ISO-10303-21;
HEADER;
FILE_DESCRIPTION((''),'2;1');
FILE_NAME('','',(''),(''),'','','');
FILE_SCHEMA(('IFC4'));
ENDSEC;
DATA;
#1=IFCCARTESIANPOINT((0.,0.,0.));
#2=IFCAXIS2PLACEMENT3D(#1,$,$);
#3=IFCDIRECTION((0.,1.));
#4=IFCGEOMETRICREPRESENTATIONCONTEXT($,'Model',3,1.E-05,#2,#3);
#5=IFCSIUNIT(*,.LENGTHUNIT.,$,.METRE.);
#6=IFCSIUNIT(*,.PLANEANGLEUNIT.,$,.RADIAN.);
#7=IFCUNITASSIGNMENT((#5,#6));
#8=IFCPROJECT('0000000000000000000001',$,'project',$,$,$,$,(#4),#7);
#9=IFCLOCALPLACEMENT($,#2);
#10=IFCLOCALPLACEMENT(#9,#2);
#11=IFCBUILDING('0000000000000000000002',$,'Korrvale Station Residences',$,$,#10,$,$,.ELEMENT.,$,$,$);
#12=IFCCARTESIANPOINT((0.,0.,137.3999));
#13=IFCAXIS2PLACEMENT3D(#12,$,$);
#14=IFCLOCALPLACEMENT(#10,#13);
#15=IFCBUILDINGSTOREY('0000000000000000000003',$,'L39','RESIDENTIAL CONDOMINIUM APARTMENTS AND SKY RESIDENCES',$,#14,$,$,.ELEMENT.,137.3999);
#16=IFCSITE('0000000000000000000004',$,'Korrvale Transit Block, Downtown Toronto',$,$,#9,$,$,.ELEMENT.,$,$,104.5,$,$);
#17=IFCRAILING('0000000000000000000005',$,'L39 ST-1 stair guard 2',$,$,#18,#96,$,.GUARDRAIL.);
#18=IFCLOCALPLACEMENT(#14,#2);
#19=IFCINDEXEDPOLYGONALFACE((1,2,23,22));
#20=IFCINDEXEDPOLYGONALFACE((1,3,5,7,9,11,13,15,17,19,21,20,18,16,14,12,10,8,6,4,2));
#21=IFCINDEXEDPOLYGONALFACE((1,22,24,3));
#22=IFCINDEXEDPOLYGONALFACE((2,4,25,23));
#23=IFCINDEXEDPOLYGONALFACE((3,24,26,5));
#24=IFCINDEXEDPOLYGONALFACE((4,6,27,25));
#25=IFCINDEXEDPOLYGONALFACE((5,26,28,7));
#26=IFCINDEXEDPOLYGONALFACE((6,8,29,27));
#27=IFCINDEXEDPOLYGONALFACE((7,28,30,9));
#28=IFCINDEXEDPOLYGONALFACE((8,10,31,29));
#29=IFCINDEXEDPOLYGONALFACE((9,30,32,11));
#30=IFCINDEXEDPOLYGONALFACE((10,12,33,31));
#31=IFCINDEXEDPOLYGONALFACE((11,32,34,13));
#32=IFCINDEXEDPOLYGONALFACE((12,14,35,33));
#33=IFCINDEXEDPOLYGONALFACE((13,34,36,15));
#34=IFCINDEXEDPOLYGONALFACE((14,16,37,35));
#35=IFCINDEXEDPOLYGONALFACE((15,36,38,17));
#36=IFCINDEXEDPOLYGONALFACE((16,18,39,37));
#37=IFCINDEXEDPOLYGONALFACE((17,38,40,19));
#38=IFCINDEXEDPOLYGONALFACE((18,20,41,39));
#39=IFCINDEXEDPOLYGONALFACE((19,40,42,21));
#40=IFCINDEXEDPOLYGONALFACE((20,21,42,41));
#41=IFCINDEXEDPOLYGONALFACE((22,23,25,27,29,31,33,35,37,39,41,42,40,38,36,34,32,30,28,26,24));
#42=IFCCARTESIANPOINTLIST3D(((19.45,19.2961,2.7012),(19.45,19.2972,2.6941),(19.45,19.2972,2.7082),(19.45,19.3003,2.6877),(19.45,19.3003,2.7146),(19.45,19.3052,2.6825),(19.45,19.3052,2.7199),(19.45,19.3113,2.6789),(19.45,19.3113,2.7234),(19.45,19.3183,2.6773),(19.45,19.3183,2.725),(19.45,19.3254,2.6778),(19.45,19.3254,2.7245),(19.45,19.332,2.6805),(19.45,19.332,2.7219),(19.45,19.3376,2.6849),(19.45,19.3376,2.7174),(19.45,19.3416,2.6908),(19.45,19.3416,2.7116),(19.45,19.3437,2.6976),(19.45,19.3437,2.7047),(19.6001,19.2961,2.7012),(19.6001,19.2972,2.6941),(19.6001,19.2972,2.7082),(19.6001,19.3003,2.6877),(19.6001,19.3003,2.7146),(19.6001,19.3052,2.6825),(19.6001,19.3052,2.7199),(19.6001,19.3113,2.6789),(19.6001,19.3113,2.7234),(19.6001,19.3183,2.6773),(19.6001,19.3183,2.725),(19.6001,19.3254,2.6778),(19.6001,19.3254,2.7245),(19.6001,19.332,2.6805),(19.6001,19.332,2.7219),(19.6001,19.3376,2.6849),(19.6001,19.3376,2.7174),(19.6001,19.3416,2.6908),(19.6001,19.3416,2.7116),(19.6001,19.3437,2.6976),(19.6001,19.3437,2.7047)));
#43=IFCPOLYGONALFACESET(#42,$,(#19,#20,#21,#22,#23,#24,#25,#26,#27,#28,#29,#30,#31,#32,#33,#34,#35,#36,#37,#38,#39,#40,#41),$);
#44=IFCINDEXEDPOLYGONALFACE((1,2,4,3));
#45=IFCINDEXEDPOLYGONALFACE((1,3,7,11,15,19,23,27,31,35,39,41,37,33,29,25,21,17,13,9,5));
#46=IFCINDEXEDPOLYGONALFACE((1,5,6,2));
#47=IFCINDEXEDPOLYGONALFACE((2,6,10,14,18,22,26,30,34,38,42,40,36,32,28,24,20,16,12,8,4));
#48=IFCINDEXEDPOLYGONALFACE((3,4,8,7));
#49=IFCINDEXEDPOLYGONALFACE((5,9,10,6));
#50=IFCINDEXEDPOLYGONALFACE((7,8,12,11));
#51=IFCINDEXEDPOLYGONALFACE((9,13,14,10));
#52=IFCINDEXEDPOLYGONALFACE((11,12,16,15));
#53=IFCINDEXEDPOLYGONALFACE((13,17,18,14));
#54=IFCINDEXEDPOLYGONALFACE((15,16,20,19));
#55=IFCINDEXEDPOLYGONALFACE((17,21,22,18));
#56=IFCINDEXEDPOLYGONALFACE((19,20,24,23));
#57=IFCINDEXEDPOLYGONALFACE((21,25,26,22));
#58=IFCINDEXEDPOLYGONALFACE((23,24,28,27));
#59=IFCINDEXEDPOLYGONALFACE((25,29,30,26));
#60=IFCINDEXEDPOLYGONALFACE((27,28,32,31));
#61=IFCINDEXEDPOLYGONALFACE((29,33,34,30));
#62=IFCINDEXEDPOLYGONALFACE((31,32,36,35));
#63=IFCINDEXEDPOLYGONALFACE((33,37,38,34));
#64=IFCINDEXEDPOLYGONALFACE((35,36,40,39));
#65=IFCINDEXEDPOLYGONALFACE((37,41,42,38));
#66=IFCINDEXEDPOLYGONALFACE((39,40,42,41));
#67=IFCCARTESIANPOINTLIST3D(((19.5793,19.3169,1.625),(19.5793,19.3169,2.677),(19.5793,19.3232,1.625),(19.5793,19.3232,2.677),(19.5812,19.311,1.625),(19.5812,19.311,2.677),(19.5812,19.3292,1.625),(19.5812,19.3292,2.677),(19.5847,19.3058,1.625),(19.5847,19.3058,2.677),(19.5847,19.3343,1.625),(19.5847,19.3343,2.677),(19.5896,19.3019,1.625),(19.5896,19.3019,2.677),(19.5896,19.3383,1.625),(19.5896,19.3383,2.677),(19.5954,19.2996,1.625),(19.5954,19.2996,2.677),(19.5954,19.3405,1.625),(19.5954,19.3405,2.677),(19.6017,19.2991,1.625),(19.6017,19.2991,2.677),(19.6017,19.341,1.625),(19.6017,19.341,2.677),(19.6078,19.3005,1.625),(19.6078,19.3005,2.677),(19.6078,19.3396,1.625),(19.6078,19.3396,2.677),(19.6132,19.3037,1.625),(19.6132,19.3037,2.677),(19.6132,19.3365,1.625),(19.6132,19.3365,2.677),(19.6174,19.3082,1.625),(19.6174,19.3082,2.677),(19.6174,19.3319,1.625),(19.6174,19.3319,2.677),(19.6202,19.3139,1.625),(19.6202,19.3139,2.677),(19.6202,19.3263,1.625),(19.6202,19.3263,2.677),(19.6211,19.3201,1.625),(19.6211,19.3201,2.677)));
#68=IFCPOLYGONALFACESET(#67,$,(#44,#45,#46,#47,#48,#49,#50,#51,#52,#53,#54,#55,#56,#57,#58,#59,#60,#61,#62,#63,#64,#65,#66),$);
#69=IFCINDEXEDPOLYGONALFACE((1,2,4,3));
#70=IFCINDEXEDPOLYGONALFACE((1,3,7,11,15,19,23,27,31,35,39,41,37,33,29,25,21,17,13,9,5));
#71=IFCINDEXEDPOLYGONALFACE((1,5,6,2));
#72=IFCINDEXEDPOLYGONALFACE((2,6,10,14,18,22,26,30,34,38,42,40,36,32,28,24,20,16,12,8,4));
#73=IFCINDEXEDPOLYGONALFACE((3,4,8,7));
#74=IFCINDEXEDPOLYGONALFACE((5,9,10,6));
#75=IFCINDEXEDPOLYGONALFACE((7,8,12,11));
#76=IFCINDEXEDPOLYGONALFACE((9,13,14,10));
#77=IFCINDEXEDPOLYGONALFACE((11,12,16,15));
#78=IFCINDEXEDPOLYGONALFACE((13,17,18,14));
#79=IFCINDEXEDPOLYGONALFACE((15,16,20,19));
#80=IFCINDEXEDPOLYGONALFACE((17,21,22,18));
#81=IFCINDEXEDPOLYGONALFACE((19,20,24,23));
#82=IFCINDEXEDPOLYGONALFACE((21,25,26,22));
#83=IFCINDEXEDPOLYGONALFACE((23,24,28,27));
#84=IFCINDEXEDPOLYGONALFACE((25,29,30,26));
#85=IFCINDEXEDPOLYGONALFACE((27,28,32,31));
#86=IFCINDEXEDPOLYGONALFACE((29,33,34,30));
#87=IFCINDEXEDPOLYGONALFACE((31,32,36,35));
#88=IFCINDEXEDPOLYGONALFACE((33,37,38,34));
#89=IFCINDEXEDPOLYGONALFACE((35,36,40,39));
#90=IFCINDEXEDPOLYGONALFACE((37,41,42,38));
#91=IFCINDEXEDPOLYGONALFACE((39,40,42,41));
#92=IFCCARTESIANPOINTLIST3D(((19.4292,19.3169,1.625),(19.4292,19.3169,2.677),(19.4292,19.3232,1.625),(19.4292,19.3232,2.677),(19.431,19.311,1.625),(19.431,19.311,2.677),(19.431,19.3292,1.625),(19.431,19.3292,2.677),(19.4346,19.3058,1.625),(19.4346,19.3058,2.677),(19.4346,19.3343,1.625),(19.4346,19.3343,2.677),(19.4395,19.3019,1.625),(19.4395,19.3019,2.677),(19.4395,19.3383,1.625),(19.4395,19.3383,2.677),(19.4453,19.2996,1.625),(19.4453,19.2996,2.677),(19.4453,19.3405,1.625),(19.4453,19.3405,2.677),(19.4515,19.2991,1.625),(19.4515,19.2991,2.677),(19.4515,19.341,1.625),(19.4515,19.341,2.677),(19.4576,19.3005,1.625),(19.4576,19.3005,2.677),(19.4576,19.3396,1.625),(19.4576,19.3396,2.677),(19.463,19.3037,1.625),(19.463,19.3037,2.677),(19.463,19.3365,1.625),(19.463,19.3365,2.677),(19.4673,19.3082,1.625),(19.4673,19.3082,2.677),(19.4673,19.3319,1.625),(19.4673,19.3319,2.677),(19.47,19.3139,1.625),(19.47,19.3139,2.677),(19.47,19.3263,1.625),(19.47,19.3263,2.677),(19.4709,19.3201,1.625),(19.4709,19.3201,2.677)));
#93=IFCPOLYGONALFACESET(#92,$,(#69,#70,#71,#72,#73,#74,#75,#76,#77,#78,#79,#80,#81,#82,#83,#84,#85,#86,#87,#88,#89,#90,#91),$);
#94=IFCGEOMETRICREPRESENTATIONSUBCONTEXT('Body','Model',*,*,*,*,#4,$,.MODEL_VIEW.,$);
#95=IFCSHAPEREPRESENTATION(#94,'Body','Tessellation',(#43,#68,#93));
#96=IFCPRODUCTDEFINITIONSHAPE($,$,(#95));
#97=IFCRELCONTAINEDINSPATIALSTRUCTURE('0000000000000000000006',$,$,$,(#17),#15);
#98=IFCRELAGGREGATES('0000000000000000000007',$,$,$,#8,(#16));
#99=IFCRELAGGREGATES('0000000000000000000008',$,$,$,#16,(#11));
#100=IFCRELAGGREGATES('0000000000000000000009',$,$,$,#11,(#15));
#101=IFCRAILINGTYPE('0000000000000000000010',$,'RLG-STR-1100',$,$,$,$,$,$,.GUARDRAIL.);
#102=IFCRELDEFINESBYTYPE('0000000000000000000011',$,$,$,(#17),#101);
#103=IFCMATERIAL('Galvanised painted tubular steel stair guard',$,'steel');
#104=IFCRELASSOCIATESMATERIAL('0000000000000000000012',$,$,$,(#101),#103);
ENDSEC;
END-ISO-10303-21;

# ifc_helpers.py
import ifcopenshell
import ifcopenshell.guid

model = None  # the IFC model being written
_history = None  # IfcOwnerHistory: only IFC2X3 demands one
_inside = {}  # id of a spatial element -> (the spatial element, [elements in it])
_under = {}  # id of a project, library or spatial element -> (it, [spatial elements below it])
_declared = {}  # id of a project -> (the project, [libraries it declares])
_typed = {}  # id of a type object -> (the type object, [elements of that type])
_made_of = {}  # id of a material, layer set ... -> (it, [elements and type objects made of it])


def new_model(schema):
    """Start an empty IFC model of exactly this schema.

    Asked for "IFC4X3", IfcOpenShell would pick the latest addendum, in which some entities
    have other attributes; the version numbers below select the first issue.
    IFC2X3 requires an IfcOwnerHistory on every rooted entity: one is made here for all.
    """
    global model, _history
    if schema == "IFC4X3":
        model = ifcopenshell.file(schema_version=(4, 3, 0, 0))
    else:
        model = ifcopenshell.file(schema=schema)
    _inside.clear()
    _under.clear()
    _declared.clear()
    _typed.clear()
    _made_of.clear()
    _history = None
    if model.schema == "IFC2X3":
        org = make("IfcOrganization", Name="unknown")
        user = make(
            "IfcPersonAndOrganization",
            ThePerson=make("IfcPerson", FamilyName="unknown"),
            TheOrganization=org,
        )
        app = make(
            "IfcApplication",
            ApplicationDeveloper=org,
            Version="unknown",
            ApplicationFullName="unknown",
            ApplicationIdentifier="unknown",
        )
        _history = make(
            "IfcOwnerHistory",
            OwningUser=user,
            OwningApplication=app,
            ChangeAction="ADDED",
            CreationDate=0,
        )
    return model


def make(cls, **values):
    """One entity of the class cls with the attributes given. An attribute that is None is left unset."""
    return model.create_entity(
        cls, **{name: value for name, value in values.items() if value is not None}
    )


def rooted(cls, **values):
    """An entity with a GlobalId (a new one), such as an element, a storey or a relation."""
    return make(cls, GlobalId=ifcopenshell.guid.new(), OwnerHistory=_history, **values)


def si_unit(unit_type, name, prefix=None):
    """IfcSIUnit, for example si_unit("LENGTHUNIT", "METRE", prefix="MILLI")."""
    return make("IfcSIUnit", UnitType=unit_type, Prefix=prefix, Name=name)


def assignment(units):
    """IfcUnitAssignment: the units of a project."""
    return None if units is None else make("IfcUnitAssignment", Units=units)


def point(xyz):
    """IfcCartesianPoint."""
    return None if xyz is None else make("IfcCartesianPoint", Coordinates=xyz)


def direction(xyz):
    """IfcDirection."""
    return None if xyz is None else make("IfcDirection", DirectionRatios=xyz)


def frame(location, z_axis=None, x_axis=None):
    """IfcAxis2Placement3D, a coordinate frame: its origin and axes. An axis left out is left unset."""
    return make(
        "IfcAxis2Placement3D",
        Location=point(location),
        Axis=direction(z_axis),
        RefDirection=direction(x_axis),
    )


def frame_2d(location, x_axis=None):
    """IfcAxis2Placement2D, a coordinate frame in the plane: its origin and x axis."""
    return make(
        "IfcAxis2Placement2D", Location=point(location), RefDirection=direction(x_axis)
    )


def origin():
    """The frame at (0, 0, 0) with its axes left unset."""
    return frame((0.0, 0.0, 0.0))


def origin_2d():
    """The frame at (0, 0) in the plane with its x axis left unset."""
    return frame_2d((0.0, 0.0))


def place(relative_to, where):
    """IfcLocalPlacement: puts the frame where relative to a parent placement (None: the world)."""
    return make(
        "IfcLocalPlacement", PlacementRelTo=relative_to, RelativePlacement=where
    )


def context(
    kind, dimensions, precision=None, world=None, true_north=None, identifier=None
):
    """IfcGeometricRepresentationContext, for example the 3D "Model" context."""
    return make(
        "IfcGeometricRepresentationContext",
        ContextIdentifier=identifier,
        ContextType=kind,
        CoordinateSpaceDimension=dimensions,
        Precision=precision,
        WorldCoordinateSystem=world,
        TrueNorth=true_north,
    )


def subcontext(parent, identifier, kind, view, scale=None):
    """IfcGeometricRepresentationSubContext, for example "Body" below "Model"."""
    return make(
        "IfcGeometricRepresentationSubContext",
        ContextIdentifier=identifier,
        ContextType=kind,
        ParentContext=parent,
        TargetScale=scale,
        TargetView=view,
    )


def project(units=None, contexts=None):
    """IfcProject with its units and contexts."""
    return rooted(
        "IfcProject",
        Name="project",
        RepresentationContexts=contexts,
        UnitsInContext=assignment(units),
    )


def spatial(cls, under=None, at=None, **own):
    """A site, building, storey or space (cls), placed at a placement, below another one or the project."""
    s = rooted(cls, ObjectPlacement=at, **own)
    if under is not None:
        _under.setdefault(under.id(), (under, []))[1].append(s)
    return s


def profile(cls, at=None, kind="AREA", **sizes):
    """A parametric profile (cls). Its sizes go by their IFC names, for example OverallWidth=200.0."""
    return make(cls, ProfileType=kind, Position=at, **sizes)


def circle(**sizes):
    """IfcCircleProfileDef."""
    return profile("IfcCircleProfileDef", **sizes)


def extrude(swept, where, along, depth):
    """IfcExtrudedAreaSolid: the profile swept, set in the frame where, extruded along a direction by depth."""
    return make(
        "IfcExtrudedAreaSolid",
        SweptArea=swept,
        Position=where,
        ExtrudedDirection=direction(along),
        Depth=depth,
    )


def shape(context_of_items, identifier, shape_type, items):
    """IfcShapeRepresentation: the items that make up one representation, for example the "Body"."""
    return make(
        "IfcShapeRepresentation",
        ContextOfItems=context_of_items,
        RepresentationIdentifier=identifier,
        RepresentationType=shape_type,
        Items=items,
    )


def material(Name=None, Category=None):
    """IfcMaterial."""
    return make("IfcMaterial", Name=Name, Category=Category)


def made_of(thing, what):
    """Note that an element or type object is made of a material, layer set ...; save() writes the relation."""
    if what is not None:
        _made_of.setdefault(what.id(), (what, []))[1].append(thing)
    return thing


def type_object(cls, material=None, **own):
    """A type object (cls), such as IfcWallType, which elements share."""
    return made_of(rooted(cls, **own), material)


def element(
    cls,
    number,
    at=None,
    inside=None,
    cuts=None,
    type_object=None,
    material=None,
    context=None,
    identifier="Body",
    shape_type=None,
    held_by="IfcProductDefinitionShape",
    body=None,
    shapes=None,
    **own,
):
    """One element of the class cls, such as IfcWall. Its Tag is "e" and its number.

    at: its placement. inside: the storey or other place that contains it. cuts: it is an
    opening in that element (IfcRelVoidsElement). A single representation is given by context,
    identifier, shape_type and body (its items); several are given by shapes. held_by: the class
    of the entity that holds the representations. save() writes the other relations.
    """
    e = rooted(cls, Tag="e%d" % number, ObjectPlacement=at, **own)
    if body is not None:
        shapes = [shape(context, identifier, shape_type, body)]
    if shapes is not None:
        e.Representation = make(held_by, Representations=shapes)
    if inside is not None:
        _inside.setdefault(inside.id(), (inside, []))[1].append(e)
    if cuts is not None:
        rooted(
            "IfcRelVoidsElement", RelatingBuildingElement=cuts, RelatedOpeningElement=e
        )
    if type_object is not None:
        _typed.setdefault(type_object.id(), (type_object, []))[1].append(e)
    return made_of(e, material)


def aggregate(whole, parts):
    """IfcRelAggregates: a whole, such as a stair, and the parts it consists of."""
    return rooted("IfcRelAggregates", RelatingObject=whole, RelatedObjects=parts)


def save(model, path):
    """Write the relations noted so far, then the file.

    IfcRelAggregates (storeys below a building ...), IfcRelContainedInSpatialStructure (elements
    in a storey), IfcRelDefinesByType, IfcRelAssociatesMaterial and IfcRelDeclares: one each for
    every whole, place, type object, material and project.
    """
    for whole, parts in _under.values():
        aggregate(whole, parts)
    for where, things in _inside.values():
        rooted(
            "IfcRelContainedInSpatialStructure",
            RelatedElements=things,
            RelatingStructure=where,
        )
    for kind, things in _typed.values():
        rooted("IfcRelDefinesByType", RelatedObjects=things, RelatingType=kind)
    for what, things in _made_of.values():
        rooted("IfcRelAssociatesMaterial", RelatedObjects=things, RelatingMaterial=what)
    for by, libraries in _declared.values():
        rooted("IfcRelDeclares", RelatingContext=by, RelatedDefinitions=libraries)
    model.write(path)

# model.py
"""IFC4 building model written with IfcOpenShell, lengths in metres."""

from ifc_helpers import new_model, si_unit, direction, frame, origin, origin_2d, place, context, subcontext, project, spatial, circle, extrude, material, type_object, element, save


model = new_model("IFC4")

# Units and contexts
model_context = context("Model", 3, precision=1e-05, world=origin(), true_north=direction((0.0, 1.0)))
body_context = subcontext(model_context, "Body", "Model", "MODEL_VIEW")
ifc_project = project(units=[si_unit("LENGTHUNIT", "METRE"), si_unit("PLANEANGLEUNIT", "RADIAN")], contexts=[model_context])

# Site, building, storey
site_placement = place(None, origin())
site = spatial("IfcSite", under=ifc_project, at=site_placement, Name="Korrvale Transit Block, Downtown Toronto", CompositionType="ELEMENT", RefElevation=104.5)
building_placement = place(site_placement, origin())
building = spatial("IfcBuilding", under=site, at=building_placement, Name="Korrvale Station Residences", CompositionType="ELEMENT")
storey_placement = place(building_placement, frame((0.0, 0.0, 137.3999)))
storey = spatial("IfcBuildingStorey", under=building, at=storey_placement, Name="L39", Description="RESIDENTIAL CONDOMINIUM APARTMENTS AND SKY RESIDENCES", CompositionType="ELEMENT", Elevation=137.3999)

# Railing
ifc_material_1 = material(Name="Galvanised painted tubular steel stair guard", Category="steel")
railing_type_1 = type_object("IfcRailingType", Name="RLG-STR-1100", PredefinedType="GUARDRAIL", material=ifc_material_1)
railing_1_placement = place(storey_placement, frame((19.6001, 19.3201, 1.625)))
element("IfcRailing", 1, at=railing_1_placement, inside=storey, type_object=railing_type_1, Name="L39 ST-1 stair guard 2", PredefinedType="GUARDRAIL", context=body_context, shape_type="SweptSolid", body=[
    extrude(circle(Radius=0.0239, at=origin_2d()), frame((0.0, 0.0, 1.0762), z_axis=(-1.0, 0.0, 0.0), x_axis=(0.0, -1.0, 0.0)), (0.0, 0.0, 1.0), 0.1501),
    extrude(circle(Radius=0.021, at=origin_2d()), origin(), (0.0, 0.0, 1.0), 1.052),
    extrude(circle(Radius=0.021, at=origin_2d()), frame((-0.1501, 0.0, 0.0)), (0.0, 0.0, 1.0), 1.052),
])

save(model, "model.ifc")
